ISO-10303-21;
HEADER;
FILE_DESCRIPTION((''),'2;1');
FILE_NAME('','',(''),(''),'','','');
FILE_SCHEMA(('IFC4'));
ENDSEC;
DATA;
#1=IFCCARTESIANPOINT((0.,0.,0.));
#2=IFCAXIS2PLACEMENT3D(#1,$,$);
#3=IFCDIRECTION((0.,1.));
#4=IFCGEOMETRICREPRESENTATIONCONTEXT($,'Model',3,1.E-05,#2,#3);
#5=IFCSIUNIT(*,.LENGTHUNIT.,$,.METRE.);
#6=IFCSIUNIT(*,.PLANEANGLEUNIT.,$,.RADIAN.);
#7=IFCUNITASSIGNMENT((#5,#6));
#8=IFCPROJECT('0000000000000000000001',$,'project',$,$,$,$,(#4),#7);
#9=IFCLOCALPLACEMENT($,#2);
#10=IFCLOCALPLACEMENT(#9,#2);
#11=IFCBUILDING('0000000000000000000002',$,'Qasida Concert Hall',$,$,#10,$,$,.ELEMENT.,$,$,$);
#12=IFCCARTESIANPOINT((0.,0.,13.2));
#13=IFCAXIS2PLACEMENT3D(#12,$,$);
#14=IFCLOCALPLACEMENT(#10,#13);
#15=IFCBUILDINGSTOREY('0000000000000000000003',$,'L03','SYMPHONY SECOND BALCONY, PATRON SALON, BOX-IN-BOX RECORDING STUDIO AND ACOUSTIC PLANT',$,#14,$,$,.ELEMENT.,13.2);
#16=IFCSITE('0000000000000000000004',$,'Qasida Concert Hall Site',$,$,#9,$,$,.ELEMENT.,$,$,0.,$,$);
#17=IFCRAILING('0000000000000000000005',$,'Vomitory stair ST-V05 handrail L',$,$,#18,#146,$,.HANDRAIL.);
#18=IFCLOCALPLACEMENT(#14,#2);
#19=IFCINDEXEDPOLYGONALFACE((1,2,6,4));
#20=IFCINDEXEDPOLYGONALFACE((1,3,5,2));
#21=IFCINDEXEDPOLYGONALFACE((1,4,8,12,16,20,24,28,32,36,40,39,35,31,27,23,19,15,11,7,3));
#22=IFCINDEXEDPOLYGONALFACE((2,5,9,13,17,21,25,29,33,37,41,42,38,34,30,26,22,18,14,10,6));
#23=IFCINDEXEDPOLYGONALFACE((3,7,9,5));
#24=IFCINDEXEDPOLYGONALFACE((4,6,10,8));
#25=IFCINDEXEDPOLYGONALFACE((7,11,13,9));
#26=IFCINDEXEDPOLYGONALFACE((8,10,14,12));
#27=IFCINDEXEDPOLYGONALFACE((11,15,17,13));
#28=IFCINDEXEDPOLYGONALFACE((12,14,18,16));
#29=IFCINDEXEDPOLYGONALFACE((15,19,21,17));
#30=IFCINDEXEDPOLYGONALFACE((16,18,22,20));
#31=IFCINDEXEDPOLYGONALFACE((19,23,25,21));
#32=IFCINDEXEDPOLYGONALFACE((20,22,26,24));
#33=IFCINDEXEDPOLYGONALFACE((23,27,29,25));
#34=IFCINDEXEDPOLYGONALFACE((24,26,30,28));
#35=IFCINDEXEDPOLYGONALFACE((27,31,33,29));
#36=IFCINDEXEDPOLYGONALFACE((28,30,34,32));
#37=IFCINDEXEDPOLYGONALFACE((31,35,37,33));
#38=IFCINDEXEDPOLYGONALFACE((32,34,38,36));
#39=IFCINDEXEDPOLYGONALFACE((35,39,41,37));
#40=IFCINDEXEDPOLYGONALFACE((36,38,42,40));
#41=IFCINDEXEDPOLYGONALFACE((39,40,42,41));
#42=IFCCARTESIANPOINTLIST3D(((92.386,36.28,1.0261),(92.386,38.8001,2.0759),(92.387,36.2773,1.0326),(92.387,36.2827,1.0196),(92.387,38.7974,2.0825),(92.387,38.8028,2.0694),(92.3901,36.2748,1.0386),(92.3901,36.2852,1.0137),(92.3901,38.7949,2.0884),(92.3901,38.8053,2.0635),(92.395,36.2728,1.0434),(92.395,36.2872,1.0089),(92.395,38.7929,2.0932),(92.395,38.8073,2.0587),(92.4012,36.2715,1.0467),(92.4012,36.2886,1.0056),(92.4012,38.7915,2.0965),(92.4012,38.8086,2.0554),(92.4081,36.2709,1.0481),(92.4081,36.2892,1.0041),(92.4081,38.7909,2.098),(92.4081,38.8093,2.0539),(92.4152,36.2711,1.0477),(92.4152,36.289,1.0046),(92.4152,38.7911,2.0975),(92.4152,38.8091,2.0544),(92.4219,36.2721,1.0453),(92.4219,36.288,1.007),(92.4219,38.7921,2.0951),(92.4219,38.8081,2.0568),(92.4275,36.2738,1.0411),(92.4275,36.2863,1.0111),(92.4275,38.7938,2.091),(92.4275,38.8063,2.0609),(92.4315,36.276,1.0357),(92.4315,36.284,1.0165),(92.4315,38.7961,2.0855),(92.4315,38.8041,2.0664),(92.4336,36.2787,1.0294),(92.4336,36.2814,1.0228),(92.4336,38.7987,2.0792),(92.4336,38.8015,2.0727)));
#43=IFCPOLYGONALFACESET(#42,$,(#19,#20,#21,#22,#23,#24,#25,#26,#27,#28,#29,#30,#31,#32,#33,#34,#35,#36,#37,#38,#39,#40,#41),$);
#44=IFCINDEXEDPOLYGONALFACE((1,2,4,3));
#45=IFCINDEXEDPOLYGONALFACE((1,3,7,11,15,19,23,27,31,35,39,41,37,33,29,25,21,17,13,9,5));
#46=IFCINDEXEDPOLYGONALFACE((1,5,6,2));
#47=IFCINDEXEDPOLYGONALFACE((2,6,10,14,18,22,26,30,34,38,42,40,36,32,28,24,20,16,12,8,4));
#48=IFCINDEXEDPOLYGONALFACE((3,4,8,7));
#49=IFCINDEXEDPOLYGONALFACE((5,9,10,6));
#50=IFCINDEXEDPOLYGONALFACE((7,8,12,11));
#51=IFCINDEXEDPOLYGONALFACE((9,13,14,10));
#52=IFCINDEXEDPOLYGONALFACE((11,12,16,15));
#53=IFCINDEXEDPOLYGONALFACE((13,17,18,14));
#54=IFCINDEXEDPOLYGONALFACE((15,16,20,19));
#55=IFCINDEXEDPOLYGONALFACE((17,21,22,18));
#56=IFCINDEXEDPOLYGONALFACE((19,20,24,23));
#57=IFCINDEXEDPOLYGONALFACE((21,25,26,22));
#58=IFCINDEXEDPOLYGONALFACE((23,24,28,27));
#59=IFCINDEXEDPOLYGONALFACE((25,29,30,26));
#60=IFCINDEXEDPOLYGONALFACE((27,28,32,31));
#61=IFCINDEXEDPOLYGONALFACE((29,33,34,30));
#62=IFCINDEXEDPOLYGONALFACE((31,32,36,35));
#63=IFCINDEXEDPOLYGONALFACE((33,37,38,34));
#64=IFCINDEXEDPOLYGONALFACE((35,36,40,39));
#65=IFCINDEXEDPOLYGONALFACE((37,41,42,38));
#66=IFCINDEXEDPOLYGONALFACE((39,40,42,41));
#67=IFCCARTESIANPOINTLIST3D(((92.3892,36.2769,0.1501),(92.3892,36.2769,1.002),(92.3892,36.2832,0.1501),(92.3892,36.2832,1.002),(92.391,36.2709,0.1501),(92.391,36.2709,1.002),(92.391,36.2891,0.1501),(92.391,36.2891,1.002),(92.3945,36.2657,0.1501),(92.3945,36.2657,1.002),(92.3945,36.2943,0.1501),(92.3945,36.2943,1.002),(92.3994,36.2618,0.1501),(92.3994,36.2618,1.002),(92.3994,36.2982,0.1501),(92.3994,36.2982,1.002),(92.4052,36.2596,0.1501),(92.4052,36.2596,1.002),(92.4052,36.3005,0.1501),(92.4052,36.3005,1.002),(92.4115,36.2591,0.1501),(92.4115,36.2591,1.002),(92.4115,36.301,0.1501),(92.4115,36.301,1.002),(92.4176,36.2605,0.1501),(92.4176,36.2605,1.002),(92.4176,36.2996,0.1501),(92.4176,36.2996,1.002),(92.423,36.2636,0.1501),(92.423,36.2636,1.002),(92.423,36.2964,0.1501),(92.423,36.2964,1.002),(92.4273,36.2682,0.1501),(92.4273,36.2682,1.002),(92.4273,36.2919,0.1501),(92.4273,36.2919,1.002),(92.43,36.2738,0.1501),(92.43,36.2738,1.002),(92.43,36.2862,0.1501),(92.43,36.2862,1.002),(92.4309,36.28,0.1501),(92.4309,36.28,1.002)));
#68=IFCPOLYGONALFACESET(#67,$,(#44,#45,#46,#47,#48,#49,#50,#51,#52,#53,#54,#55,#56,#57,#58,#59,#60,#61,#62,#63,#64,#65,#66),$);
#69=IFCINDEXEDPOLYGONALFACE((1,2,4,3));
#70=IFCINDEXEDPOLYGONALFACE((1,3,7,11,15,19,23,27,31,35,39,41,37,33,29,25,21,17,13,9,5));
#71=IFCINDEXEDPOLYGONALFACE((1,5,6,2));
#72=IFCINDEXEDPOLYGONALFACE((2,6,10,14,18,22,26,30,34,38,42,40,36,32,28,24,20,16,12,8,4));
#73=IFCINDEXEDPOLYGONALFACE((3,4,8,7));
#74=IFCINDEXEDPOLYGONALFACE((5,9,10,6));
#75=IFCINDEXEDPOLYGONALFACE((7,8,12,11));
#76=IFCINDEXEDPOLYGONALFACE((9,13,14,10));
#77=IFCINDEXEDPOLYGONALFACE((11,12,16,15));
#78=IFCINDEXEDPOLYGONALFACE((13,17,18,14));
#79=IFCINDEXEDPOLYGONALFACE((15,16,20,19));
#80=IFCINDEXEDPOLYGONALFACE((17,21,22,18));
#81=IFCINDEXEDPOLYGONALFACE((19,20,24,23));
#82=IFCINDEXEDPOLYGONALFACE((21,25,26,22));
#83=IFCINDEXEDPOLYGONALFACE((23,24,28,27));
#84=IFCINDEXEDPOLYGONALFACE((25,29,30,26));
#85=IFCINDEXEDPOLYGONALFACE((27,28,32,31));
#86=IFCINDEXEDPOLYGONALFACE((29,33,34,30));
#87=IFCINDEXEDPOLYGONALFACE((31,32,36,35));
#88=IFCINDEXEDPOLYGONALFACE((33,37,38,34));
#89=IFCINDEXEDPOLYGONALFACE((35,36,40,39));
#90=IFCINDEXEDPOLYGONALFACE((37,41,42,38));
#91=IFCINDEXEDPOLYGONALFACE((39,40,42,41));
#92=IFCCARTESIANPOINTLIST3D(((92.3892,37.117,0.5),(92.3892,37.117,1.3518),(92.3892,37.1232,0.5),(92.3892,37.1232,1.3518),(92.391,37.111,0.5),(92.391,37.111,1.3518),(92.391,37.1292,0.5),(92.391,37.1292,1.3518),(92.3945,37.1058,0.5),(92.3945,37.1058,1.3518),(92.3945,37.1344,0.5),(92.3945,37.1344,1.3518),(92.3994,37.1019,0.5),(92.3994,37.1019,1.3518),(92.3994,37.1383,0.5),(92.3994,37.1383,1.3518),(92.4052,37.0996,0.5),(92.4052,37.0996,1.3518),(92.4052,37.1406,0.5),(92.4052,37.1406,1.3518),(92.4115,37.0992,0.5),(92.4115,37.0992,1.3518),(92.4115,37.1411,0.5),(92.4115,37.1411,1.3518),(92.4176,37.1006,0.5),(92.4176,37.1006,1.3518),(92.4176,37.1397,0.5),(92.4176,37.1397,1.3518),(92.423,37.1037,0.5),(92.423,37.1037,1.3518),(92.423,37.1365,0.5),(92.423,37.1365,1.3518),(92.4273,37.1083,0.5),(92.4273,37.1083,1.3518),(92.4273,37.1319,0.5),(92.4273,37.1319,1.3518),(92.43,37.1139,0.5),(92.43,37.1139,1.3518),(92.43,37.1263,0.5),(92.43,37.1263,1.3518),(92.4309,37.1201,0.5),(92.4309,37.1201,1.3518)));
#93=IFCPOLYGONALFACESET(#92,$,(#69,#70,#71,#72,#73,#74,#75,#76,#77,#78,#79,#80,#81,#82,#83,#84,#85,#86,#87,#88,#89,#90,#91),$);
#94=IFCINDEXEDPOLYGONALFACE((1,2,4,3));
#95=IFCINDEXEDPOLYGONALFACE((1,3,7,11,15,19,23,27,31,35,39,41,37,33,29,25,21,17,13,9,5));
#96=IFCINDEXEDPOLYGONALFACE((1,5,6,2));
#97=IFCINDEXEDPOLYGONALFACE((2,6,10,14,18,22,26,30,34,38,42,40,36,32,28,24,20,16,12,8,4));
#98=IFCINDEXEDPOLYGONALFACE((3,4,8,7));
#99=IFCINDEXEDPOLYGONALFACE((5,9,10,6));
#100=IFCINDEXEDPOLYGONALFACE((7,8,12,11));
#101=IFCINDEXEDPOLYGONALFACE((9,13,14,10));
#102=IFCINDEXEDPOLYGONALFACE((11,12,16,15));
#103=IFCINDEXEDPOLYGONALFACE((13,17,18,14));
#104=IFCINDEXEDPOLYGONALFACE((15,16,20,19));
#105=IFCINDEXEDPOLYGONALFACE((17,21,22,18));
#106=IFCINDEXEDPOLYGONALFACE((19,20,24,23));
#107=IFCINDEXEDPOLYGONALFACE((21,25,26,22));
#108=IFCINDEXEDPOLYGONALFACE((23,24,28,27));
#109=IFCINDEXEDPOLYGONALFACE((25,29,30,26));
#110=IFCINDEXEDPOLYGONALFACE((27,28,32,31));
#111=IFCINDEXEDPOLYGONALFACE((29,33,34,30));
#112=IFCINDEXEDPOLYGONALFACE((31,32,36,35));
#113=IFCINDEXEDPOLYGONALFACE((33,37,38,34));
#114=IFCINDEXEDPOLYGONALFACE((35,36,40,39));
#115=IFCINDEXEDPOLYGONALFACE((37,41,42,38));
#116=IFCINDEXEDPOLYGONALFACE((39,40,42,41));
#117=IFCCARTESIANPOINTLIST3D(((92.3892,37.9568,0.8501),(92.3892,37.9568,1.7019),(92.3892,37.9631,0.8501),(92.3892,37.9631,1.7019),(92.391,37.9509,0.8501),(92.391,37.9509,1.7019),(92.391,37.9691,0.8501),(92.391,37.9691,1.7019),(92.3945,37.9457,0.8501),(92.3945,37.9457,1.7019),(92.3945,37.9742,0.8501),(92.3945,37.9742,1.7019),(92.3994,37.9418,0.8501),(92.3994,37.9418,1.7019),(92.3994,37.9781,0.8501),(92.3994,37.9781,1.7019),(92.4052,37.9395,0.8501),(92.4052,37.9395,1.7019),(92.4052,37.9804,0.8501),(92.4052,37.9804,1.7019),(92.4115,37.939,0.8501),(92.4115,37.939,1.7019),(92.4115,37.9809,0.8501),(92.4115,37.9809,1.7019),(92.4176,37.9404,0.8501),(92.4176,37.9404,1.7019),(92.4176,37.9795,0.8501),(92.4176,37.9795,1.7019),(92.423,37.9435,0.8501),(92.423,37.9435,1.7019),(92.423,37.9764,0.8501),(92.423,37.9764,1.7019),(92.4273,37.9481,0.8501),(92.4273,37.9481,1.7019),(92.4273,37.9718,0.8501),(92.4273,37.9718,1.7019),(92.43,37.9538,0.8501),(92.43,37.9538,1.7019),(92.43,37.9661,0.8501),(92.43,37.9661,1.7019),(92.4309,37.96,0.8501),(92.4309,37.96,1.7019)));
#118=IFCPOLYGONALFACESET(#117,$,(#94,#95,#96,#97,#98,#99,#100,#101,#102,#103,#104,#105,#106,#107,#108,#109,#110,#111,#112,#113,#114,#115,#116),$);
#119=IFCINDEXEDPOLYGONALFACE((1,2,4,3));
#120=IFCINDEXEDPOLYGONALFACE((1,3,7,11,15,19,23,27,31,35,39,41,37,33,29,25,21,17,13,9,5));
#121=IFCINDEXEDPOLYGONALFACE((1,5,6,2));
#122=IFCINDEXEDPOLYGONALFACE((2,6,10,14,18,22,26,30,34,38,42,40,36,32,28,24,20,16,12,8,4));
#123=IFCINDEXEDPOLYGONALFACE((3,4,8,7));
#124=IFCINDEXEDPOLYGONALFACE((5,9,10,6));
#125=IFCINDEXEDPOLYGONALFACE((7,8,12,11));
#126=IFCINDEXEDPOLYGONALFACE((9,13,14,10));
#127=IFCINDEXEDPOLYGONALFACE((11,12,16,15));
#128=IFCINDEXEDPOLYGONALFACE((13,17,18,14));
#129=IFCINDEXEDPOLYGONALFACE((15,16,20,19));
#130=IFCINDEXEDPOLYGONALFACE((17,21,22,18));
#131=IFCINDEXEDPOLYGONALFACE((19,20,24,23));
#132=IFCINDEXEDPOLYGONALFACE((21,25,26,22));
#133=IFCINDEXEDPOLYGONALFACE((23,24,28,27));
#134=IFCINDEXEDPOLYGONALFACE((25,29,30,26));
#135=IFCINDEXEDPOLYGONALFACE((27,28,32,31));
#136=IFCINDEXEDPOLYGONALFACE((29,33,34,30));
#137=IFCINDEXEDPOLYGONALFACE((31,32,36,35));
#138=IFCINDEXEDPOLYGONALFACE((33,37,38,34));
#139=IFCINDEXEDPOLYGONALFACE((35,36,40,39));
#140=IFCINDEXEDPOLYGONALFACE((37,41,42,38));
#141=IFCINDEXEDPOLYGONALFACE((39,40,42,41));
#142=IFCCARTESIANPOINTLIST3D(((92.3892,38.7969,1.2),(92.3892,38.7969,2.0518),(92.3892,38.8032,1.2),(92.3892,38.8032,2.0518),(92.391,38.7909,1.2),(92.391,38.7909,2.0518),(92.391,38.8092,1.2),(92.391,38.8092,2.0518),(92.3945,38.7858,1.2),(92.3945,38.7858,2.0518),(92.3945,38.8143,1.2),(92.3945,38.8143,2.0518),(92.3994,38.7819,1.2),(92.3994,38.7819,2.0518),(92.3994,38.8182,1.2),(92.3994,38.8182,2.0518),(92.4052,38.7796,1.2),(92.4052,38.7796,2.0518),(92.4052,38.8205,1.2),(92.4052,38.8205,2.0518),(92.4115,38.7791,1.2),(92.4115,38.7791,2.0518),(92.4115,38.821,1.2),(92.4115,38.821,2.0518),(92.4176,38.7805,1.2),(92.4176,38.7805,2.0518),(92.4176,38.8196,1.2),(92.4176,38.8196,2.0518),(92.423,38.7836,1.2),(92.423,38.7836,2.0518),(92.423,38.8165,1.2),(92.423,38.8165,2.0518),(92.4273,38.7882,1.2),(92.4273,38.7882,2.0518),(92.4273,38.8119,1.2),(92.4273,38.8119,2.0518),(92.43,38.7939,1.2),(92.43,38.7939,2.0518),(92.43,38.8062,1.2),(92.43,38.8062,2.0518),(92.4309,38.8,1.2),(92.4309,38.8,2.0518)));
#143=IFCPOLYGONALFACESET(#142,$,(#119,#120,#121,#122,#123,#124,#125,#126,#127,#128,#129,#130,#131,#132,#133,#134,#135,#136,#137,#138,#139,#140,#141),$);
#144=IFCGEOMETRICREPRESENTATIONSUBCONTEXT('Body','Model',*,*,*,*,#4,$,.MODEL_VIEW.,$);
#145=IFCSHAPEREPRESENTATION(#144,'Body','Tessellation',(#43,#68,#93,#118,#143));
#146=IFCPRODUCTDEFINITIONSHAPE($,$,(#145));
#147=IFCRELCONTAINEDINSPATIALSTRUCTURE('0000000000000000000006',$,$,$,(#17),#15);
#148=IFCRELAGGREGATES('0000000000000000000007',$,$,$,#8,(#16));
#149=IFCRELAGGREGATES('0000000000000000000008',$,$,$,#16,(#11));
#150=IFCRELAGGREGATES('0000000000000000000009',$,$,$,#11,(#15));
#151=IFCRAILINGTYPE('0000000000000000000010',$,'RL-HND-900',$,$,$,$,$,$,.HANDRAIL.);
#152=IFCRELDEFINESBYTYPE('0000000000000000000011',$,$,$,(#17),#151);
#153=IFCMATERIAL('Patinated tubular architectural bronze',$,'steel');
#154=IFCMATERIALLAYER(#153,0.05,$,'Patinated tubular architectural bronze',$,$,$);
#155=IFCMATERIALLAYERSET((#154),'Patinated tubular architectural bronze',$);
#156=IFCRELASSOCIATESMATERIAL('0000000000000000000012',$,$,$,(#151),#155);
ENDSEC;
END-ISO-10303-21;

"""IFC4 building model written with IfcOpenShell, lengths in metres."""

from ifc_helpers import new_model, si_unit, direction, frame, origin, origin_2d, place, context, subcontext, project, spatial, circle, extrude, material, layer, layer_set, type_object, element, save


model = new_model("IFC4")

# Units and contexts
model_context = context("Model", 3, precision=1e-05, world=origin(), true_north=direction((0.0, 1.0)))
body_context = subcontext(model_context, "Body", "Model", "MODEL_VIEW")
ifc_project = project(units=[si_unit("LENGTHUNIT", "METRE"), si_unit("PLANEANGLEUNIT", "RADIAN")], contexts=[model_context])

# Site, building, storey
site_placement = place(None, origin())
site = spatial("IfcSite", under=ifc_project, at=site_placement, Name="Qasida Concert Hall Site", CompositionType="ELEMENT", RefElevation=0.0)
building_placement = place(site_placement, origin())
building = spatial("IfcBuilding", under=site, at=building_placement, Name="Qasida Concert Hall", CompositionType="ELEMENT")
storey_placement = place(building_placement, frame((0.0, 0.0, 13.2)))
storey = spatial("IfcBuildingStorey", under=building, at=storey_placement, Name="L03", Description="SYMPHONY SECOND BALCONY, PATRON SALON, BOX-IN-BOX RECORDING STUDIO AND ACOUSTIC PLANT", CompositionType="ELEMENT", Elevation=13.2)

# Railing
ifc_material_1 = material(Name="Patinated tubular architectural bronze", Category="steel")
ifc_layer_1 = layer(ifc_material_1, 0.05, Name="Patinated tubular architectural bronze")
ifc_layer_set_1 = layer_set([ifc_layer_1], Name="Patinated tubular architectural bronze")
railing_type_1 = type_object("IfcRailingType", Name="RL-HND-900", PredefinedType="HANDRAIL", material=ifc_layer_set_1)
for number, where, name in (
    (1, (92.4099, 36.28, 0.1501), "Vomitory stair ST-V05 handrail L"),
):
    element("IfcRailing", number, at=place(storey_placement, frame(where)), inside=storey, type_object=railing_type_1, Name=name, PredefinedType="HANDRAIL", context=body_context, shape_type="SweptSolid", body=[
        extrude(circle(Radius=0.0239, at=origin_2d()), frame((0.0, 0.0, 0.876), z_axis=(0.0, 0.923103, 0.384552), x_axis=(-1.0, 0.0, 0.0)), (0.0, 0.0, 1.0), 2.73),
        extrude(circle(Radius=0.021, at=origin_2d()), origin(), (0.0, 0.0, 1.0), 0.8518),
        extrude(circle(Radius=0.021, at=origin_2d()), frame((0.0, 0.8401, 0.3499)), (0.0, 0.0, 1.0), 0.8518),
        extrude(circle(Radius=0.021, at=origin_2d()), frame((0.0, 1.6799, 0.7)), (0.0, 0.0, 1.0), 0.8518),
        extrude(circle(Radius=0.021, at=origin_2d()), frame((0.0, 2.52, 1.0498)), (0.0, 0.0, 1.0), 0.8518),
    ])

save(model, "model.ifc")
